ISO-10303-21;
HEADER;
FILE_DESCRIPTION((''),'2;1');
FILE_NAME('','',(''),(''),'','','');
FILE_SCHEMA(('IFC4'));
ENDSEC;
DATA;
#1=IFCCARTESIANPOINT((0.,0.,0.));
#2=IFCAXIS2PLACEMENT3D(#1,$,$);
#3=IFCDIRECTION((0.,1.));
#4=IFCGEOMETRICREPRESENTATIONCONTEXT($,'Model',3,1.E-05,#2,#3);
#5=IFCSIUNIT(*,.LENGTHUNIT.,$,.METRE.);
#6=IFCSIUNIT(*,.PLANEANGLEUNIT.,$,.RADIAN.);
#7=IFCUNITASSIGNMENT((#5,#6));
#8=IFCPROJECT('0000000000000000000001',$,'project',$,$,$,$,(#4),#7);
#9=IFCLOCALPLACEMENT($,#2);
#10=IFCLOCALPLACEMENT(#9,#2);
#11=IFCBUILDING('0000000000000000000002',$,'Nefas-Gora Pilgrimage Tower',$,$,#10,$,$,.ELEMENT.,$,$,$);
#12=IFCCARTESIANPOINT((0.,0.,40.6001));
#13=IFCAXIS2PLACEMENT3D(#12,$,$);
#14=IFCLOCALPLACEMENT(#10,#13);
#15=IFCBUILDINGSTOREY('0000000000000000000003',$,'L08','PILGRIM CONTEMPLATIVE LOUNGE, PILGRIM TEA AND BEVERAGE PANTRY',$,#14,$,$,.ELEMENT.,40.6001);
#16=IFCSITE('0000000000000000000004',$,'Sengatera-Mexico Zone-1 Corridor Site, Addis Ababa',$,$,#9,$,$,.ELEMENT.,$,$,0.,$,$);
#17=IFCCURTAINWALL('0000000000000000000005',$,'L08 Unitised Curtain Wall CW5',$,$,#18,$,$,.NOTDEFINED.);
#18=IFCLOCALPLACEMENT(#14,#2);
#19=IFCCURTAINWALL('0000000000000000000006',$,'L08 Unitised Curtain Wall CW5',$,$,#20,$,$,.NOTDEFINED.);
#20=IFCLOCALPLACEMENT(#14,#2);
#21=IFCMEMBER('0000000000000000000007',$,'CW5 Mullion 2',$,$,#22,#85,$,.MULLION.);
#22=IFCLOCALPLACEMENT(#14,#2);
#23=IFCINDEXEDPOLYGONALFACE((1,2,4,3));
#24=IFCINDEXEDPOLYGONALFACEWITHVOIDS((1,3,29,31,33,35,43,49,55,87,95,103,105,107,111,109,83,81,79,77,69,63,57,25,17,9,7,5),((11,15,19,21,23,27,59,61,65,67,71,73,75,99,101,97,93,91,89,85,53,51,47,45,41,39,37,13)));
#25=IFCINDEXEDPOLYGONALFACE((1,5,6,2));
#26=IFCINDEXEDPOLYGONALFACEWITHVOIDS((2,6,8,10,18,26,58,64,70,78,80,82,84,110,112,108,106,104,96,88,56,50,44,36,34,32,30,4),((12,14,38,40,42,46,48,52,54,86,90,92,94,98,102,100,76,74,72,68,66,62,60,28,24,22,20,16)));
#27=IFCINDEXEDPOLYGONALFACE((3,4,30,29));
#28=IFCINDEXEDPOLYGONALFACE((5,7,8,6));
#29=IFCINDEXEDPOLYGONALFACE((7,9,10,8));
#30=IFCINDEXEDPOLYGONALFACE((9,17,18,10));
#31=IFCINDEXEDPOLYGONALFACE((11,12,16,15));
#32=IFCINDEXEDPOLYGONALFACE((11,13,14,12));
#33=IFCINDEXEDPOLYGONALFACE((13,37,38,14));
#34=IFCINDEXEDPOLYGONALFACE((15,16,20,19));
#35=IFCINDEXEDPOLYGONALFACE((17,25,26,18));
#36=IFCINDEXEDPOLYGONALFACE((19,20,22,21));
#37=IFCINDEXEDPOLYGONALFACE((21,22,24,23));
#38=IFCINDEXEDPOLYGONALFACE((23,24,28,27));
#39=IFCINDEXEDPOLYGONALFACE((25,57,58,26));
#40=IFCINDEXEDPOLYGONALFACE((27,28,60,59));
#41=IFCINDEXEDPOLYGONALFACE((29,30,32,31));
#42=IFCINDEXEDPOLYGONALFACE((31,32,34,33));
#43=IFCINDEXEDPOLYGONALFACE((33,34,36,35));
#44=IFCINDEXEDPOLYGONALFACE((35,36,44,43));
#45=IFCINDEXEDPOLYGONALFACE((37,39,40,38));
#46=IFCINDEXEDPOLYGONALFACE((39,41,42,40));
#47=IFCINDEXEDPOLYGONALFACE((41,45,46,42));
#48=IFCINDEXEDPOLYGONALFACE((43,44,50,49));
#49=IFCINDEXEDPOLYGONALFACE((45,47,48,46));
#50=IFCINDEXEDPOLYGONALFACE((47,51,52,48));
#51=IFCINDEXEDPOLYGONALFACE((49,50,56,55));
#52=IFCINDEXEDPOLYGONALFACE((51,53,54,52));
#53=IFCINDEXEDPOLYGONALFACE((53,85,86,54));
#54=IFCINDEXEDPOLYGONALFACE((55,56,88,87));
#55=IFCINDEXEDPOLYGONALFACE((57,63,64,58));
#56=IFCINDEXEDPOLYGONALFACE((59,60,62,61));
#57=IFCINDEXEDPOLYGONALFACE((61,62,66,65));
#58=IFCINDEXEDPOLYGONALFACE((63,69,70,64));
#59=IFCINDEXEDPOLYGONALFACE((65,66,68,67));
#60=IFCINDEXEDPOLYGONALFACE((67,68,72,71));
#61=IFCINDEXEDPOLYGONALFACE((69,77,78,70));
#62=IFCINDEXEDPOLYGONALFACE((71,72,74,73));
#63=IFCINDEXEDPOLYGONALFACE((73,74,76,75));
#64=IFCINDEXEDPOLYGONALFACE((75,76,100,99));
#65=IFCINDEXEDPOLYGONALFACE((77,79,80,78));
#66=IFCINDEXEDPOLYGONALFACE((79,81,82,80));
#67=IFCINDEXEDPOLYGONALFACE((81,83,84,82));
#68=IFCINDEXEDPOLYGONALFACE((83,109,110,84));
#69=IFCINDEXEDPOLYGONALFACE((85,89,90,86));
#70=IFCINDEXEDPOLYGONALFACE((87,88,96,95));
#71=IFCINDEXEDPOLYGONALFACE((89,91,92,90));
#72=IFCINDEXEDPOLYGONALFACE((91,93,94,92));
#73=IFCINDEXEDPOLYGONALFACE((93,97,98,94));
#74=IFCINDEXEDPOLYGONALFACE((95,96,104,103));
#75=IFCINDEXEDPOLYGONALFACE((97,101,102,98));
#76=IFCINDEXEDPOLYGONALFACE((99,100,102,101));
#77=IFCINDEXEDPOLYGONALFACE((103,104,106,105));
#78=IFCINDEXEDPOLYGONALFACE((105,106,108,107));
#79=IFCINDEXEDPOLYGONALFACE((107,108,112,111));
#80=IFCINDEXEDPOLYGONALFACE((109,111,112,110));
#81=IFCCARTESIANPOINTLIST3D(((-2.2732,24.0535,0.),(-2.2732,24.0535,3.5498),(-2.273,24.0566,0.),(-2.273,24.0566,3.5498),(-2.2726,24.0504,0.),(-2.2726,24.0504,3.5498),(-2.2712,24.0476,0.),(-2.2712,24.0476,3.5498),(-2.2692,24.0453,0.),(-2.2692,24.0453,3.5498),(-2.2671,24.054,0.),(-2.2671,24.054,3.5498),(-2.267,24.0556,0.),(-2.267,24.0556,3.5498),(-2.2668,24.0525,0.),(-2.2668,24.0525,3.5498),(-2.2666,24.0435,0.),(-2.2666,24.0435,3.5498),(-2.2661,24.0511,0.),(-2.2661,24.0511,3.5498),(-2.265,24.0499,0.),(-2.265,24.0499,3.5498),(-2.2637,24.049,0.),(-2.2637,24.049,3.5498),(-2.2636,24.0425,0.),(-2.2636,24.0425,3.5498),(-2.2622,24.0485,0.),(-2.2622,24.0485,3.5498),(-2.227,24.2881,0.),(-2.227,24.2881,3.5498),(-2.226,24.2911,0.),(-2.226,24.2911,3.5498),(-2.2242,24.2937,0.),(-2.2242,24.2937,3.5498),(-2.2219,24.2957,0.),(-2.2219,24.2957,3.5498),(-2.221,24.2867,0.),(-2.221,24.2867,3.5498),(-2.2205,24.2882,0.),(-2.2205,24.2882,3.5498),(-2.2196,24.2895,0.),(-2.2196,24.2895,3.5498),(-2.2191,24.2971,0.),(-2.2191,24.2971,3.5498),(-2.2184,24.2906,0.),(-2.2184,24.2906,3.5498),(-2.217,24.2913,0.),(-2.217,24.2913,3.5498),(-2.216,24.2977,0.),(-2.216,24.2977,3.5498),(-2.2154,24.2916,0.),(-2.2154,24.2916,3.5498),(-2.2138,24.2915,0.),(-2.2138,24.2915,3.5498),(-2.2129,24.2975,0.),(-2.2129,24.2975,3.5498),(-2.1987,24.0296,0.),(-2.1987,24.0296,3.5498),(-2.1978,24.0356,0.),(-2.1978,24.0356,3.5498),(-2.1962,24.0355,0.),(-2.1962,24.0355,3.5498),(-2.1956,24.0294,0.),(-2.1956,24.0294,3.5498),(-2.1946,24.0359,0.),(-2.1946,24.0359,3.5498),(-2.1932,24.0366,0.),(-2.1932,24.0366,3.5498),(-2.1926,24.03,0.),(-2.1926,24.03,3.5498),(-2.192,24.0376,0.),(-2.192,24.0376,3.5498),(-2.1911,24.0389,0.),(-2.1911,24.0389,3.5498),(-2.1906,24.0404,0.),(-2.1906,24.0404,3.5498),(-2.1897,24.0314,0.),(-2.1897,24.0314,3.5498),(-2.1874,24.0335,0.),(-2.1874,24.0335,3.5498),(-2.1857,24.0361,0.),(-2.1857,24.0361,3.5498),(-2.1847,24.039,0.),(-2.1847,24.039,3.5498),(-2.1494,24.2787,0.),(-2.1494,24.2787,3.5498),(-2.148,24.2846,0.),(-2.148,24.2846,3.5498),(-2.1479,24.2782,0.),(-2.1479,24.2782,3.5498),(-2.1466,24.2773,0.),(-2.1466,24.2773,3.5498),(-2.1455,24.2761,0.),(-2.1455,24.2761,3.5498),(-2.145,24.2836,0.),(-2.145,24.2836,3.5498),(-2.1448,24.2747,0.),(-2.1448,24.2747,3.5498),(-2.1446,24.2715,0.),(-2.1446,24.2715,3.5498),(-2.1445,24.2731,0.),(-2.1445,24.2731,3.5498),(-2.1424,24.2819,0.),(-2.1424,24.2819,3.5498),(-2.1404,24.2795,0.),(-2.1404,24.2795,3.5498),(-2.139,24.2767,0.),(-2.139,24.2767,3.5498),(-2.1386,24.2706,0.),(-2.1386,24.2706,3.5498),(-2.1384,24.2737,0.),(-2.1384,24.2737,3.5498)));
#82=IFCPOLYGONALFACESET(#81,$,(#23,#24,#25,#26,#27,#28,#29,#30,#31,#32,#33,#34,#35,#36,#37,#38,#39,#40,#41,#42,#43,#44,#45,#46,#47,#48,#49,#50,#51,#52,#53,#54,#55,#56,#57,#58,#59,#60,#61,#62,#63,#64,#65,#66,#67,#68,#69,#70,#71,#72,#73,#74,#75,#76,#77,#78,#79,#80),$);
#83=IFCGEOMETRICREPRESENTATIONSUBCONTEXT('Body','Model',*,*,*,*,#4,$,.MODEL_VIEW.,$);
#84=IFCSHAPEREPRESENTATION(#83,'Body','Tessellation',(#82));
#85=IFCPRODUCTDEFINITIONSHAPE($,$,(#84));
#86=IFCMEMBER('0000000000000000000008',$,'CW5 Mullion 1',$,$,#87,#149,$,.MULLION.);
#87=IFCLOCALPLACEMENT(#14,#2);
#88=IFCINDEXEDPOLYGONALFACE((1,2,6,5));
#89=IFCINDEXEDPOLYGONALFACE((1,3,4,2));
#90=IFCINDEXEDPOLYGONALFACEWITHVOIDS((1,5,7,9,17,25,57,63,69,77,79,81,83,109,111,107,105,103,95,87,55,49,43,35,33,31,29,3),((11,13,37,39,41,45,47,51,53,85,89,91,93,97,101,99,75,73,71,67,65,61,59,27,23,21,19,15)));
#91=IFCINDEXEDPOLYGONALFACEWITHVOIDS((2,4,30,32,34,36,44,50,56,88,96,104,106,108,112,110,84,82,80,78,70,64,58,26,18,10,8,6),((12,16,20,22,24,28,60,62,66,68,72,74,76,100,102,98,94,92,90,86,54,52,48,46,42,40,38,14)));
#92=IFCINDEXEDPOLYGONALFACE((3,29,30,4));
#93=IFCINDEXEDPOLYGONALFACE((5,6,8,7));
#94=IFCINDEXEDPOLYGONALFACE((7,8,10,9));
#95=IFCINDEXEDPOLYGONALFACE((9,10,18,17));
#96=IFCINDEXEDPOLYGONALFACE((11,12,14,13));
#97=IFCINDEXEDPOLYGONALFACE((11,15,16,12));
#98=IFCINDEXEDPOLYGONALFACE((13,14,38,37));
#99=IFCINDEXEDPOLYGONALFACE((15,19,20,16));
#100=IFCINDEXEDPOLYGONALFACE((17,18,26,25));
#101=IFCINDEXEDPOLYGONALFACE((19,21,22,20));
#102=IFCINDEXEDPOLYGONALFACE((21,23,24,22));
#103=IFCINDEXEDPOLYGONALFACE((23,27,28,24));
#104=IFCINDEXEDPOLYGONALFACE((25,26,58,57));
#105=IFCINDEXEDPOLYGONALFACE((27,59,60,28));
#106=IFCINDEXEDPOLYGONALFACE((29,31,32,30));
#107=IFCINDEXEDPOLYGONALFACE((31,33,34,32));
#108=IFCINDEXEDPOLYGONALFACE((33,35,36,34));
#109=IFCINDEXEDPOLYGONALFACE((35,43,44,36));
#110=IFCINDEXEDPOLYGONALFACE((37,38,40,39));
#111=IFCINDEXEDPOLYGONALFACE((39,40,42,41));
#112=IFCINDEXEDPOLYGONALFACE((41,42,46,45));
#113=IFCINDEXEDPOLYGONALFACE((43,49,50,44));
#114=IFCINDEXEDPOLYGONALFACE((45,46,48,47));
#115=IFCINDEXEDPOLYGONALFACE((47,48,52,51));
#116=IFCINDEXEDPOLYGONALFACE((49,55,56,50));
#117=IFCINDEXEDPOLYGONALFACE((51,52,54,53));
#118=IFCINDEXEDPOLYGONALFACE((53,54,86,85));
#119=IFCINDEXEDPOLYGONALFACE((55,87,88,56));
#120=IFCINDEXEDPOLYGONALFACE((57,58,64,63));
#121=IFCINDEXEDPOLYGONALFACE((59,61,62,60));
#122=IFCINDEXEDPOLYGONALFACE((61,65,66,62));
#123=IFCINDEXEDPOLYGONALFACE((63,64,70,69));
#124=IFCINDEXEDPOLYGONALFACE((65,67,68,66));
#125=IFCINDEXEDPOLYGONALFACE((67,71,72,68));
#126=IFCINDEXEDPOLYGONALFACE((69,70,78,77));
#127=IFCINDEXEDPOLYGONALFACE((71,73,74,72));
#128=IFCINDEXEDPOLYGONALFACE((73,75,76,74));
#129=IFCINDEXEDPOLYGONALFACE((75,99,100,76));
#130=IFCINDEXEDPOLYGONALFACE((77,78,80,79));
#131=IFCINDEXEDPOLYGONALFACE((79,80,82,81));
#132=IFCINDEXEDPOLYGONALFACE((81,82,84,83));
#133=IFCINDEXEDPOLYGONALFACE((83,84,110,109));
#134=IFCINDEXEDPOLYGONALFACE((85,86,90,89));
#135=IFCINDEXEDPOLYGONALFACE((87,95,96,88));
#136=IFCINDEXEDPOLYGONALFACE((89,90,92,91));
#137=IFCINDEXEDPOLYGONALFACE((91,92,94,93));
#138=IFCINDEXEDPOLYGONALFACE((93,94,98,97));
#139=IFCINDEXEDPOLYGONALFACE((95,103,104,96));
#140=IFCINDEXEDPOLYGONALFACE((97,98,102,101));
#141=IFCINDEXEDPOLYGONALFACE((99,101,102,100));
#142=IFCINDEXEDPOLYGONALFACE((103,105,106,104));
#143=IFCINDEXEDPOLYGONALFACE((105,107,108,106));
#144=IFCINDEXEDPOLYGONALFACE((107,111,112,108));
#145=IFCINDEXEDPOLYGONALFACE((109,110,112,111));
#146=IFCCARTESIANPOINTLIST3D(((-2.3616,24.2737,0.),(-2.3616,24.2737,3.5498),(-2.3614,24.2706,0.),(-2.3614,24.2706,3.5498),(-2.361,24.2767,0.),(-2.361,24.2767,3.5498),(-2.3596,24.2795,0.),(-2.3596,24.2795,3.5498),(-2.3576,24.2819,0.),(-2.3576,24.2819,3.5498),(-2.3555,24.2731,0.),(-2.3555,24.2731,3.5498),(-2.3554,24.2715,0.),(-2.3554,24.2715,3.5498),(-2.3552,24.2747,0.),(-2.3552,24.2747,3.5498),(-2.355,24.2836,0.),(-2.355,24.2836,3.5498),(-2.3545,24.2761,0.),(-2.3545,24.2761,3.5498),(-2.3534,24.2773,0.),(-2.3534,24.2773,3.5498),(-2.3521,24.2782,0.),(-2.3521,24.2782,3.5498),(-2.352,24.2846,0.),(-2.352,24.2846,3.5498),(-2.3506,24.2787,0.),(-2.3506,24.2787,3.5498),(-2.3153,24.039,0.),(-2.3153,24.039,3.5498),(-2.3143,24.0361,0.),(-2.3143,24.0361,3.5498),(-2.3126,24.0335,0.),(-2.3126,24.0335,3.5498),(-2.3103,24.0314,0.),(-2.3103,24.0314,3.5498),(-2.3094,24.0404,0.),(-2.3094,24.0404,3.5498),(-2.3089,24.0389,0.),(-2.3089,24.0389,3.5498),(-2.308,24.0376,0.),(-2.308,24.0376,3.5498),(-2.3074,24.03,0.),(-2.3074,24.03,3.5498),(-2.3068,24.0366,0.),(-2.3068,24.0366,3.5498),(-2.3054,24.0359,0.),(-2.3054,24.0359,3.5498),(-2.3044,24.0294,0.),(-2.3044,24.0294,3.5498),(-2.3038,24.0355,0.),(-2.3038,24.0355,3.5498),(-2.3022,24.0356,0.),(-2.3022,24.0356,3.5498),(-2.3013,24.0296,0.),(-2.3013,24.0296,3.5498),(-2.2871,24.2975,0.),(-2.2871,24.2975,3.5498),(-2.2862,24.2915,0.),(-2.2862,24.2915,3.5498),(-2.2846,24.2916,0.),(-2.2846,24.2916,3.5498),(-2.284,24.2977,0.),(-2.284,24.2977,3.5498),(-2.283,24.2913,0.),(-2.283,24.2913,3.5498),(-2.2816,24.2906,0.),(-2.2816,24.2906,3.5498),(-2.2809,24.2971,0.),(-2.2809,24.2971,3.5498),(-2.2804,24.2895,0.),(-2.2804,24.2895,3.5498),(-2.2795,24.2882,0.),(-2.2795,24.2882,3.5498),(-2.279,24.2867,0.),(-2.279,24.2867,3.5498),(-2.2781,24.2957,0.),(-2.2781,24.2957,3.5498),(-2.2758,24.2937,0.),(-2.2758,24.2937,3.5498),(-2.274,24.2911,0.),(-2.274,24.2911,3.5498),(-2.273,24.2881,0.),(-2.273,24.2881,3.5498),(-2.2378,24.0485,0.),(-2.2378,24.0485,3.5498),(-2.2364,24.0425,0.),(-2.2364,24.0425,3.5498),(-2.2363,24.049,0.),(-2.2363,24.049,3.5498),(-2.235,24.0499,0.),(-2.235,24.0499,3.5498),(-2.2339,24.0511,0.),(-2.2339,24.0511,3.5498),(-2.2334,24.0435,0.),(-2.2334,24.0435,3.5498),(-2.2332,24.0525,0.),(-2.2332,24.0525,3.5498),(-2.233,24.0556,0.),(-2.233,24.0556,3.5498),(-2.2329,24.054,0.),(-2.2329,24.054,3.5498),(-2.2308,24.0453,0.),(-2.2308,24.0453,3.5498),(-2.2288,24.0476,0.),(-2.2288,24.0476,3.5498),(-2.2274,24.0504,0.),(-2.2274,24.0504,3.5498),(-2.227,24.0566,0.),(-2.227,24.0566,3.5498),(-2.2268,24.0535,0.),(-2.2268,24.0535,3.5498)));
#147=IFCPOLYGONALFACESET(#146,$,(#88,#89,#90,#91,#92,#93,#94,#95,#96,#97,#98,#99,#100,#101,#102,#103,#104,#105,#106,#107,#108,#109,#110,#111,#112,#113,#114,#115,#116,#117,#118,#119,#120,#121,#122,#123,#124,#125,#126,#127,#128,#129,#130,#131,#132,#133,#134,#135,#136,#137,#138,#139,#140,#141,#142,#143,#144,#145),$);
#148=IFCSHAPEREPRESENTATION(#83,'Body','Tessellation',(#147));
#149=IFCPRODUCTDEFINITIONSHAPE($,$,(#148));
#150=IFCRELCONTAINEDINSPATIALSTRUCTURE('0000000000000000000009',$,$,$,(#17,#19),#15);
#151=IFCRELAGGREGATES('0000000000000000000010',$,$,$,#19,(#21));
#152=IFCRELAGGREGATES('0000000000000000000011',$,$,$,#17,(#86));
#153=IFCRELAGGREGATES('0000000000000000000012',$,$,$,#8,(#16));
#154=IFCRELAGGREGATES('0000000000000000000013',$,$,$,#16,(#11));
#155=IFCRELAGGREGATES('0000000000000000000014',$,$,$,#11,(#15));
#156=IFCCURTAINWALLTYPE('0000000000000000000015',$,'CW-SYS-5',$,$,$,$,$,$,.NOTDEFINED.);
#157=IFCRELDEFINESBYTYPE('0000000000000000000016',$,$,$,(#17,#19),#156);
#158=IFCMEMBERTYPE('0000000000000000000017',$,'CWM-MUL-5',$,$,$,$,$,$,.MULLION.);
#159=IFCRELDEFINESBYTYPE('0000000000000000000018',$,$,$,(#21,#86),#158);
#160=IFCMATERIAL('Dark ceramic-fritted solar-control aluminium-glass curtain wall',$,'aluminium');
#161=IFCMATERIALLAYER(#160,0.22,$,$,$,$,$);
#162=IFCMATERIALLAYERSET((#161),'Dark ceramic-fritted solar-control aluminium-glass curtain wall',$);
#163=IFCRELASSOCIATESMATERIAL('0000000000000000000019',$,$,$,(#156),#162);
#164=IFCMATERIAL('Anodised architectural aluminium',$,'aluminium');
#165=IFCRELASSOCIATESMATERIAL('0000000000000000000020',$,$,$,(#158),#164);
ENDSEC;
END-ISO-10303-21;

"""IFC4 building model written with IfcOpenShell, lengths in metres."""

from ifc_helpers import new_model, si_unit, direction, frame, origin, origin_2d, place, context, subcontext, project, spatial, hollow_rectangle, extrude, source, transform, mapped, material, layer, layer_set, material_profile, profile_set, type_object, element, aggregate, save


model = new_model("IFC4")

# Units and contexts
model_context = context("Model", 3, precision=1e-05, world=origin(), true_north=direction((0.0, 1.0)))
body_context = subcontext(model_context, "Body", "Model", "MODEL_VIEW")
ifc_project = project(units=[si_unit("LENGTHUNIT", "METRE"), si_unit("PLANEANGLEUNIT", "RADIAN")], contexts=[model_context])

# Site, building, storey
site_placement = place(None, origin())
site = spatial("IfcSite", under=ifc_project, at=site_placement, Name="Sengatera-Mexico Zone-1 Corridor Site, Addis Ababa", CompositionType="ELEMENT", RefElevation=0.0)
building_placement = place(site_placement, origin())
building = spatial("IfcBuilding", under=site, at=building_placement, Name="Nefas-Gora Pilgrimage Tower", CompositionType="ELEMENT")
storey_placement = place(building_placement, frame((0.0, 0.0, 40.6001)))
storey = spatial("IfcBuildingStorey", under=building, at=storey_placement, Name="L08", Description="PILGRIM CONTEMPLATIVE LOUNGE, PILGRIM TEA AND BEVERAGE PANTRY", CompositionType="ELEMENT", Elevation=40.6001)

# Curtain walls, member
ifc_material_1 = material(Name="Dark ceramic-fritted solar-control aluminium-glass curtain wall", Category="aluminium")
ifc_layer_1 = layer(ifc_material_1, 0.22)
ifc_layer_set_1 = layer_set([ifc_layer_1], Name="Dark ceramic-fritted solar-control aluminium-glass curtain wall")
curtain_wall_type = type_object("IfcCurtainWallType", Name="CW-SYS-5", PredefinedType="NOTDEFINED", material=ifc_layer_set_1)
ifc_material_2 = material(Name="Anodised architectural aluminium", Category="aluminium")
curtain_wall_1_placement = place(storey_placement, origin())
curtain_wall_1 = element("IfcCurtainWall", 1, at=curtain_wall_1_placement, inside=storey, type_object=curtain_wall_type, Name="L08 Unitised Curtain Wall CW5", PredefinedType="NOTDEFINED")
curtain_wall_2_placement = place(storey_placement, origin())
curtain_wall_2 = element("IfcCurtainWall", 2, at=curtain_wall_2_placement, inside=storey, type_object=curtain_wall_type, Name="L08 Unitised Curtain Wall CW5", PredefinedType="NOTDEFINED")
ifc_material_profile_1 = material_profile(ifc_material_2, hollow_rectangle(XDim=0.0901, YDim=0.26, WallThickness=0.0061, InnerFilletRadius=0.0061, OuterFilletRadius=0.012, at=origin_2d()), Name="ALU MULLION 90x260")
ifc_profile_set_1 = profile_set([ifc_material_profile_1], Name="Anodised architectural aluminium")
member_type_1 = type_object("IfcMemberType", Name="CWM-MUL-5", PredefinedType="MULLION", material=ifc_profile_set_1)
shared_shape_1 = source(origin(), body_context, "Body", "SweptSolid", [
    extrude(hollow_rectangle(XDim=0.0901, YDim=0.26, WallThickness=0.0061, InnerFilletRadius=0.0061, OuterFilletRadius=0.012, at=origin_2d()), origin(), (0.0, 0.0, 1.0), 3.5498),
])
member_1_placement = place(storey_placement, frame((-2.2058, 24.1636, 0.0), z_axis=(0.0, 0.0, 1.0), x_axis=(-0.980783, 0.195102, 0.0)))
member_1 = element("IfcMember", 3, at=member_1_placement, type_object=member_type_1, Name="CW5 Mullion 2", PredefinedType="MULLION", context=body_context, shape_type="MappedRepresentation", body=[
    mapped(shared_shape_1, transform((0.0, 0.0, 0.0), x_axis=(1.0, 0.0, 0.0), y_axis=(0.0, 1.0, 0.0), z_axis=(0.0, 0.0, 1.0), scale=1.0)),
])

# Member
member_2_placement = place(storey_placement, frame((-2.2942, 24.1636, 0.0), z_axis=(0.0, 0.0, 1.0), x_axis=(-0.980783, -0.195102, 0.0)))
member_2 = element("IfcMember", 4, at=member_2_placement, type_object=member_type_1, Name="CW5 Mullion 1", PredefinedType="MULLION", context=body_context, shape_type="MappedRepresentation", body=[
    mapped(shared_shape_1, transform((0.0, 0.0, 0.0), x_axis=(1.0, 0.0, 0.0), y_axis=(0.0, 1.0, 0.0), z_axis=(0.0, 0.0, 1.0), scale=1.0)),
])

aggregate(curtain_wall_2, [member_1])
aggregate(curtain_wall_1, [member_2])

save(model, "model.ifc")
